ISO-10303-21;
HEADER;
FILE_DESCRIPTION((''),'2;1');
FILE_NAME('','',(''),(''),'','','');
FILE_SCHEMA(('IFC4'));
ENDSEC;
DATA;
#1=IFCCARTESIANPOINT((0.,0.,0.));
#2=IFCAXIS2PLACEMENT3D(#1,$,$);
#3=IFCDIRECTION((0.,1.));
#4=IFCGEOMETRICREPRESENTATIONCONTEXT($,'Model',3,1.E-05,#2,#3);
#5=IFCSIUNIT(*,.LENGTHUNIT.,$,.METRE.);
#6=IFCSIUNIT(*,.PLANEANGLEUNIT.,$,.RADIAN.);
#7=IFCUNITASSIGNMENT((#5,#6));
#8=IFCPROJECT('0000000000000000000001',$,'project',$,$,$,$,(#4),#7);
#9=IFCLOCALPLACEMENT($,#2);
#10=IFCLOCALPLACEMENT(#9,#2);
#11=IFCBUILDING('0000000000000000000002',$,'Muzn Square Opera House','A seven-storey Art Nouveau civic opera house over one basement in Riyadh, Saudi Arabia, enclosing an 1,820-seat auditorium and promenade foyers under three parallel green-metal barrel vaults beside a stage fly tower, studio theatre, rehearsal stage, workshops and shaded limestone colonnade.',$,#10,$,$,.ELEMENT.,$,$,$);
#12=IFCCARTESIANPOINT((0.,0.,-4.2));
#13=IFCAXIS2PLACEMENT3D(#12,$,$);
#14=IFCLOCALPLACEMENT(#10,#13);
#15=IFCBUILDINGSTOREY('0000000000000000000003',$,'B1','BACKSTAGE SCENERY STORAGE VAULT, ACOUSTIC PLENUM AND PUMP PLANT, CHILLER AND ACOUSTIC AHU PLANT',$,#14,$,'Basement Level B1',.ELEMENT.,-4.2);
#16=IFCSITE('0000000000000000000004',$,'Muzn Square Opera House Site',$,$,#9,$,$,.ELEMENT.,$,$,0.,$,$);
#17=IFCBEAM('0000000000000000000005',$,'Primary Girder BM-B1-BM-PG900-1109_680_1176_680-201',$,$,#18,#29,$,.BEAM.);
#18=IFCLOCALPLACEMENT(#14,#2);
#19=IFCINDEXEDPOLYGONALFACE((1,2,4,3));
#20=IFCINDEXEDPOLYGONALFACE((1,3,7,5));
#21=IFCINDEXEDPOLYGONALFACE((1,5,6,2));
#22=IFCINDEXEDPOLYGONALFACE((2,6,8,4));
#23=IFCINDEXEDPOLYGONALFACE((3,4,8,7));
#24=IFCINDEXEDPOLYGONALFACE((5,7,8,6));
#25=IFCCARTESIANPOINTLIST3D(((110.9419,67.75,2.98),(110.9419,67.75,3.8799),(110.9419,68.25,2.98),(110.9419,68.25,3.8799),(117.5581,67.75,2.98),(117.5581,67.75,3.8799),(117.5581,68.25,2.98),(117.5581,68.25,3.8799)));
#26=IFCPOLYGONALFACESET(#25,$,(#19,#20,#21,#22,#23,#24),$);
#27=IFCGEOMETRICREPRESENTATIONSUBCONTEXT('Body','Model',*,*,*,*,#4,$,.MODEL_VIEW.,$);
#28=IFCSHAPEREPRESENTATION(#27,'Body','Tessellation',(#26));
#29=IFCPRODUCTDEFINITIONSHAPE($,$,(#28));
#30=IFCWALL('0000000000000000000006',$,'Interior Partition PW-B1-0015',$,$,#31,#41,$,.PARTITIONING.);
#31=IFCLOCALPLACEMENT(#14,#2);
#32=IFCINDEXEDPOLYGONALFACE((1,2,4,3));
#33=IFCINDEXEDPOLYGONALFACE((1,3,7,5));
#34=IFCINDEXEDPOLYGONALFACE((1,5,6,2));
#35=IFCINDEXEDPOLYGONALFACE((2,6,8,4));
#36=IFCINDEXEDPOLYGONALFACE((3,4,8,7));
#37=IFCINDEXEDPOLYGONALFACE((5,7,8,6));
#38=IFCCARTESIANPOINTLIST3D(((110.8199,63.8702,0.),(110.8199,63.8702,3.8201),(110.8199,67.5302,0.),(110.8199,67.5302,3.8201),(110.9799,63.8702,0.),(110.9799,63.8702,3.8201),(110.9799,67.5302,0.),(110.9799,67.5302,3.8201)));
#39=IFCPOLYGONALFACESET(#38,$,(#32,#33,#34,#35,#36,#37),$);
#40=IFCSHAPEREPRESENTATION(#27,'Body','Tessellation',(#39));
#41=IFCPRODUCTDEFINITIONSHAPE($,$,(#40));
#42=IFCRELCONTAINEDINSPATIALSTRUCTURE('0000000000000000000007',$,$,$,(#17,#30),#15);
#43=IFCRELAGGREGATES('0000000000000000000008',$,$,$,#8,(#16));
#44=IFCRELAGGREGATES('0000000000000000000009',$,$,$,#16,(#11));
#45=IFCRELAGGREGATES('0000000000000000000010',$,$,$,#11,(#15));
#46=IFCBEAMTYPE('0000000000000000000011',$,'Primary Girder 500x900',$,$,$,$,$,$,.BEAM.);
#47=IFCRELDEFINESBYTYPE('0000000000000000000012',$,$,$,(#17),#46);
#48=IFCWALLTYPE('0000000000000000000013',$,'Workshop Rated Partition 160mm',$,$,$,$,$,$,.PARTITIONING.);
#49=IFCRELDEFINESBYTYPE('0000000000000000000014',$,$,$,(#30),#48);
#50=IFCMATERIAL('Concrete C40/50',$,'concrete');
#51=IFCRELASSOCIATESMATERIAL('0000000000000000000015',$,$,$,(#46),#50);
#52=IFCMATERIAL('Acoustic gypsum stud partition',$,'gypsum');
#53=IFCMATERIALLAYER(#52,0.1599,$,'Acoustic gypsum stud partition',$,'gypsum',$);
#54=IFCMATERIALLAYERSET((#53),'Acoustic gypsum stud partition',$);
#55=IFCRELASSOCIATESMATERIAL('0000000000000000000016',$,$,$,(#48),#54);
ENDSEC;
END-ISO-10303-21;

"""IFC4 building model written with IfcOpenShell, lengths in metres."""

from ifc_helpers import new_model, si_unit, direction, frame, frame_2d, origin, origin_2d, place, context, subcontext, project, spatial, rectangle, extrude, material, layer, layer_set, material_profile, profile_set, type_object, element, save


model = new_model("IFC4")

# Units and contexts
model_context = context("Model", 3, precision=1e-05, world=origin(), true_north=direction((0.0, 1.0)))
body_context = subcontext(model_context, "Body", "Model", "MODEL_VIEW")
ifc_project = project(units=[si_unit("LENGTHUNIT", "METRE"), si_unit("PLANEANGLEUNIT", "RADIAN")], contexts=[model_context])

# Site, building, storey
site_placement = place(None, origin())
site = spatial("IfcSite", under=ifc_project, at=site_placement, Name="Muzn Square Opera House Site", CompositionType="ELEMENT", RefElevation=0.0)
building_placement = place(site_placement, origin())
building = spatial("IfcBuilding", under=site, at=building_placement, Name="Muzn Square Opera House", Description="A seven-storey Art Nouveau civic opera house over one basement in Riyadh, Saudi Arabia, enclosing an 1,820-seat auditorium and promenade foyers under three parallel green-metal barrel vaults beside a stage fly tower, studio theatre, rehearsal stage, workshops and shaded limestone colonnade.", CompositionType="ELEMENT")
storey_placement = place(building_placement, frame((0.0, 0.0, -4.2)))
storey = spatial("IfcBuildingStorey", under=building, at=storey_placement, Name="B1", Description="BACKSTAGE SCENERY STORAGE VAULT, ACOUSTIC PLENUM AND PUMP PLANT, CHILLER AND ACOUSTIC AHU PLANT", LongName="Basement Level B1", CompositionType="ELEMENT", Elevation=-4.2)

# Shared definitions
ifc_material_1 = material(Name="Concrete C40/50", Category="concrete")

# Beam
ifc_material_profile_1 = material_profile(ifc_material_1, rectangle(XDim=0.5, YDim=0.8999, at=origin_2d()), Name="RCB 500x900", Category="concrete")
ifc_profile_set_1 = profile_set([ifc_material_profile_1], Name="Concrete C40/50")
beam_type_1 = type_object("IfcBeamType", Name="Primary Girder 500x900", PredefinedType="BEAM", material=ifc_profile_set_1)
for number, where, z_axis, x_axis, name in (
    (1, (110.9419, 68.0, 3.4299), (1.0, 0.0, 0.0), (0.0, 1.0, 0.0), "Primary Girder BM-B1-BM-PG900-1109_680_1176_680-201"),
):
    element("IfcBeam", number, at=place(storey_placement, frame(where, z_axis=z_axis, x_axis=x_axis)), inside=storey, type_object=beam_type_1, Name=name, PredefinedType="BEAM", context=body_context, shape_type="SweptSolid", body=[
        extrude(rectangle(XDim=0.5, YDim=0.8999, at=origin_2d()), origin(), (0.0, 0.0, 1.0), 6.6162),
    ])

# Wall
ifc_material_2 = material(Name="Acoustic gypsum stud partition", Category="gypsum")
ifc_layer = layer(ifc_material_2, 0.1599, Name="Acoustic gypsum stud partition", Category="gypsum")
ifc_layer_set = layer_set([ifc_layer], Name="Acoustic gypsum stud partition")
wall_type = type_object("IfcWallType", Name="Workshop Rated Partition 160mm", PredefinedType="PARTITIONING", material=ifc_layer_set)
wall_placement = place(storey_placement, frame((110.8999, 63.8701, 0.0), z_axis=(0.0, 0.0, 1.0), x_axis=(0.0, 1.0, 0.0)))
element("IfcWall", 2, at=wall_placement, inside=storey, type_object=wall_type, Name="Interior Partition PW-B1-0015", PredefinedType="PARTITIONING", context=body_context, shape_type="SweptSolid", body=[
    extrude(rectangle(XDim=3.6599, YDim=0.1599, at=frame_2d((1.8301, 0.0))), origin(), (0.0, 0.0, 1.0), 3.8201),
])

save(model, "model.ifc")
